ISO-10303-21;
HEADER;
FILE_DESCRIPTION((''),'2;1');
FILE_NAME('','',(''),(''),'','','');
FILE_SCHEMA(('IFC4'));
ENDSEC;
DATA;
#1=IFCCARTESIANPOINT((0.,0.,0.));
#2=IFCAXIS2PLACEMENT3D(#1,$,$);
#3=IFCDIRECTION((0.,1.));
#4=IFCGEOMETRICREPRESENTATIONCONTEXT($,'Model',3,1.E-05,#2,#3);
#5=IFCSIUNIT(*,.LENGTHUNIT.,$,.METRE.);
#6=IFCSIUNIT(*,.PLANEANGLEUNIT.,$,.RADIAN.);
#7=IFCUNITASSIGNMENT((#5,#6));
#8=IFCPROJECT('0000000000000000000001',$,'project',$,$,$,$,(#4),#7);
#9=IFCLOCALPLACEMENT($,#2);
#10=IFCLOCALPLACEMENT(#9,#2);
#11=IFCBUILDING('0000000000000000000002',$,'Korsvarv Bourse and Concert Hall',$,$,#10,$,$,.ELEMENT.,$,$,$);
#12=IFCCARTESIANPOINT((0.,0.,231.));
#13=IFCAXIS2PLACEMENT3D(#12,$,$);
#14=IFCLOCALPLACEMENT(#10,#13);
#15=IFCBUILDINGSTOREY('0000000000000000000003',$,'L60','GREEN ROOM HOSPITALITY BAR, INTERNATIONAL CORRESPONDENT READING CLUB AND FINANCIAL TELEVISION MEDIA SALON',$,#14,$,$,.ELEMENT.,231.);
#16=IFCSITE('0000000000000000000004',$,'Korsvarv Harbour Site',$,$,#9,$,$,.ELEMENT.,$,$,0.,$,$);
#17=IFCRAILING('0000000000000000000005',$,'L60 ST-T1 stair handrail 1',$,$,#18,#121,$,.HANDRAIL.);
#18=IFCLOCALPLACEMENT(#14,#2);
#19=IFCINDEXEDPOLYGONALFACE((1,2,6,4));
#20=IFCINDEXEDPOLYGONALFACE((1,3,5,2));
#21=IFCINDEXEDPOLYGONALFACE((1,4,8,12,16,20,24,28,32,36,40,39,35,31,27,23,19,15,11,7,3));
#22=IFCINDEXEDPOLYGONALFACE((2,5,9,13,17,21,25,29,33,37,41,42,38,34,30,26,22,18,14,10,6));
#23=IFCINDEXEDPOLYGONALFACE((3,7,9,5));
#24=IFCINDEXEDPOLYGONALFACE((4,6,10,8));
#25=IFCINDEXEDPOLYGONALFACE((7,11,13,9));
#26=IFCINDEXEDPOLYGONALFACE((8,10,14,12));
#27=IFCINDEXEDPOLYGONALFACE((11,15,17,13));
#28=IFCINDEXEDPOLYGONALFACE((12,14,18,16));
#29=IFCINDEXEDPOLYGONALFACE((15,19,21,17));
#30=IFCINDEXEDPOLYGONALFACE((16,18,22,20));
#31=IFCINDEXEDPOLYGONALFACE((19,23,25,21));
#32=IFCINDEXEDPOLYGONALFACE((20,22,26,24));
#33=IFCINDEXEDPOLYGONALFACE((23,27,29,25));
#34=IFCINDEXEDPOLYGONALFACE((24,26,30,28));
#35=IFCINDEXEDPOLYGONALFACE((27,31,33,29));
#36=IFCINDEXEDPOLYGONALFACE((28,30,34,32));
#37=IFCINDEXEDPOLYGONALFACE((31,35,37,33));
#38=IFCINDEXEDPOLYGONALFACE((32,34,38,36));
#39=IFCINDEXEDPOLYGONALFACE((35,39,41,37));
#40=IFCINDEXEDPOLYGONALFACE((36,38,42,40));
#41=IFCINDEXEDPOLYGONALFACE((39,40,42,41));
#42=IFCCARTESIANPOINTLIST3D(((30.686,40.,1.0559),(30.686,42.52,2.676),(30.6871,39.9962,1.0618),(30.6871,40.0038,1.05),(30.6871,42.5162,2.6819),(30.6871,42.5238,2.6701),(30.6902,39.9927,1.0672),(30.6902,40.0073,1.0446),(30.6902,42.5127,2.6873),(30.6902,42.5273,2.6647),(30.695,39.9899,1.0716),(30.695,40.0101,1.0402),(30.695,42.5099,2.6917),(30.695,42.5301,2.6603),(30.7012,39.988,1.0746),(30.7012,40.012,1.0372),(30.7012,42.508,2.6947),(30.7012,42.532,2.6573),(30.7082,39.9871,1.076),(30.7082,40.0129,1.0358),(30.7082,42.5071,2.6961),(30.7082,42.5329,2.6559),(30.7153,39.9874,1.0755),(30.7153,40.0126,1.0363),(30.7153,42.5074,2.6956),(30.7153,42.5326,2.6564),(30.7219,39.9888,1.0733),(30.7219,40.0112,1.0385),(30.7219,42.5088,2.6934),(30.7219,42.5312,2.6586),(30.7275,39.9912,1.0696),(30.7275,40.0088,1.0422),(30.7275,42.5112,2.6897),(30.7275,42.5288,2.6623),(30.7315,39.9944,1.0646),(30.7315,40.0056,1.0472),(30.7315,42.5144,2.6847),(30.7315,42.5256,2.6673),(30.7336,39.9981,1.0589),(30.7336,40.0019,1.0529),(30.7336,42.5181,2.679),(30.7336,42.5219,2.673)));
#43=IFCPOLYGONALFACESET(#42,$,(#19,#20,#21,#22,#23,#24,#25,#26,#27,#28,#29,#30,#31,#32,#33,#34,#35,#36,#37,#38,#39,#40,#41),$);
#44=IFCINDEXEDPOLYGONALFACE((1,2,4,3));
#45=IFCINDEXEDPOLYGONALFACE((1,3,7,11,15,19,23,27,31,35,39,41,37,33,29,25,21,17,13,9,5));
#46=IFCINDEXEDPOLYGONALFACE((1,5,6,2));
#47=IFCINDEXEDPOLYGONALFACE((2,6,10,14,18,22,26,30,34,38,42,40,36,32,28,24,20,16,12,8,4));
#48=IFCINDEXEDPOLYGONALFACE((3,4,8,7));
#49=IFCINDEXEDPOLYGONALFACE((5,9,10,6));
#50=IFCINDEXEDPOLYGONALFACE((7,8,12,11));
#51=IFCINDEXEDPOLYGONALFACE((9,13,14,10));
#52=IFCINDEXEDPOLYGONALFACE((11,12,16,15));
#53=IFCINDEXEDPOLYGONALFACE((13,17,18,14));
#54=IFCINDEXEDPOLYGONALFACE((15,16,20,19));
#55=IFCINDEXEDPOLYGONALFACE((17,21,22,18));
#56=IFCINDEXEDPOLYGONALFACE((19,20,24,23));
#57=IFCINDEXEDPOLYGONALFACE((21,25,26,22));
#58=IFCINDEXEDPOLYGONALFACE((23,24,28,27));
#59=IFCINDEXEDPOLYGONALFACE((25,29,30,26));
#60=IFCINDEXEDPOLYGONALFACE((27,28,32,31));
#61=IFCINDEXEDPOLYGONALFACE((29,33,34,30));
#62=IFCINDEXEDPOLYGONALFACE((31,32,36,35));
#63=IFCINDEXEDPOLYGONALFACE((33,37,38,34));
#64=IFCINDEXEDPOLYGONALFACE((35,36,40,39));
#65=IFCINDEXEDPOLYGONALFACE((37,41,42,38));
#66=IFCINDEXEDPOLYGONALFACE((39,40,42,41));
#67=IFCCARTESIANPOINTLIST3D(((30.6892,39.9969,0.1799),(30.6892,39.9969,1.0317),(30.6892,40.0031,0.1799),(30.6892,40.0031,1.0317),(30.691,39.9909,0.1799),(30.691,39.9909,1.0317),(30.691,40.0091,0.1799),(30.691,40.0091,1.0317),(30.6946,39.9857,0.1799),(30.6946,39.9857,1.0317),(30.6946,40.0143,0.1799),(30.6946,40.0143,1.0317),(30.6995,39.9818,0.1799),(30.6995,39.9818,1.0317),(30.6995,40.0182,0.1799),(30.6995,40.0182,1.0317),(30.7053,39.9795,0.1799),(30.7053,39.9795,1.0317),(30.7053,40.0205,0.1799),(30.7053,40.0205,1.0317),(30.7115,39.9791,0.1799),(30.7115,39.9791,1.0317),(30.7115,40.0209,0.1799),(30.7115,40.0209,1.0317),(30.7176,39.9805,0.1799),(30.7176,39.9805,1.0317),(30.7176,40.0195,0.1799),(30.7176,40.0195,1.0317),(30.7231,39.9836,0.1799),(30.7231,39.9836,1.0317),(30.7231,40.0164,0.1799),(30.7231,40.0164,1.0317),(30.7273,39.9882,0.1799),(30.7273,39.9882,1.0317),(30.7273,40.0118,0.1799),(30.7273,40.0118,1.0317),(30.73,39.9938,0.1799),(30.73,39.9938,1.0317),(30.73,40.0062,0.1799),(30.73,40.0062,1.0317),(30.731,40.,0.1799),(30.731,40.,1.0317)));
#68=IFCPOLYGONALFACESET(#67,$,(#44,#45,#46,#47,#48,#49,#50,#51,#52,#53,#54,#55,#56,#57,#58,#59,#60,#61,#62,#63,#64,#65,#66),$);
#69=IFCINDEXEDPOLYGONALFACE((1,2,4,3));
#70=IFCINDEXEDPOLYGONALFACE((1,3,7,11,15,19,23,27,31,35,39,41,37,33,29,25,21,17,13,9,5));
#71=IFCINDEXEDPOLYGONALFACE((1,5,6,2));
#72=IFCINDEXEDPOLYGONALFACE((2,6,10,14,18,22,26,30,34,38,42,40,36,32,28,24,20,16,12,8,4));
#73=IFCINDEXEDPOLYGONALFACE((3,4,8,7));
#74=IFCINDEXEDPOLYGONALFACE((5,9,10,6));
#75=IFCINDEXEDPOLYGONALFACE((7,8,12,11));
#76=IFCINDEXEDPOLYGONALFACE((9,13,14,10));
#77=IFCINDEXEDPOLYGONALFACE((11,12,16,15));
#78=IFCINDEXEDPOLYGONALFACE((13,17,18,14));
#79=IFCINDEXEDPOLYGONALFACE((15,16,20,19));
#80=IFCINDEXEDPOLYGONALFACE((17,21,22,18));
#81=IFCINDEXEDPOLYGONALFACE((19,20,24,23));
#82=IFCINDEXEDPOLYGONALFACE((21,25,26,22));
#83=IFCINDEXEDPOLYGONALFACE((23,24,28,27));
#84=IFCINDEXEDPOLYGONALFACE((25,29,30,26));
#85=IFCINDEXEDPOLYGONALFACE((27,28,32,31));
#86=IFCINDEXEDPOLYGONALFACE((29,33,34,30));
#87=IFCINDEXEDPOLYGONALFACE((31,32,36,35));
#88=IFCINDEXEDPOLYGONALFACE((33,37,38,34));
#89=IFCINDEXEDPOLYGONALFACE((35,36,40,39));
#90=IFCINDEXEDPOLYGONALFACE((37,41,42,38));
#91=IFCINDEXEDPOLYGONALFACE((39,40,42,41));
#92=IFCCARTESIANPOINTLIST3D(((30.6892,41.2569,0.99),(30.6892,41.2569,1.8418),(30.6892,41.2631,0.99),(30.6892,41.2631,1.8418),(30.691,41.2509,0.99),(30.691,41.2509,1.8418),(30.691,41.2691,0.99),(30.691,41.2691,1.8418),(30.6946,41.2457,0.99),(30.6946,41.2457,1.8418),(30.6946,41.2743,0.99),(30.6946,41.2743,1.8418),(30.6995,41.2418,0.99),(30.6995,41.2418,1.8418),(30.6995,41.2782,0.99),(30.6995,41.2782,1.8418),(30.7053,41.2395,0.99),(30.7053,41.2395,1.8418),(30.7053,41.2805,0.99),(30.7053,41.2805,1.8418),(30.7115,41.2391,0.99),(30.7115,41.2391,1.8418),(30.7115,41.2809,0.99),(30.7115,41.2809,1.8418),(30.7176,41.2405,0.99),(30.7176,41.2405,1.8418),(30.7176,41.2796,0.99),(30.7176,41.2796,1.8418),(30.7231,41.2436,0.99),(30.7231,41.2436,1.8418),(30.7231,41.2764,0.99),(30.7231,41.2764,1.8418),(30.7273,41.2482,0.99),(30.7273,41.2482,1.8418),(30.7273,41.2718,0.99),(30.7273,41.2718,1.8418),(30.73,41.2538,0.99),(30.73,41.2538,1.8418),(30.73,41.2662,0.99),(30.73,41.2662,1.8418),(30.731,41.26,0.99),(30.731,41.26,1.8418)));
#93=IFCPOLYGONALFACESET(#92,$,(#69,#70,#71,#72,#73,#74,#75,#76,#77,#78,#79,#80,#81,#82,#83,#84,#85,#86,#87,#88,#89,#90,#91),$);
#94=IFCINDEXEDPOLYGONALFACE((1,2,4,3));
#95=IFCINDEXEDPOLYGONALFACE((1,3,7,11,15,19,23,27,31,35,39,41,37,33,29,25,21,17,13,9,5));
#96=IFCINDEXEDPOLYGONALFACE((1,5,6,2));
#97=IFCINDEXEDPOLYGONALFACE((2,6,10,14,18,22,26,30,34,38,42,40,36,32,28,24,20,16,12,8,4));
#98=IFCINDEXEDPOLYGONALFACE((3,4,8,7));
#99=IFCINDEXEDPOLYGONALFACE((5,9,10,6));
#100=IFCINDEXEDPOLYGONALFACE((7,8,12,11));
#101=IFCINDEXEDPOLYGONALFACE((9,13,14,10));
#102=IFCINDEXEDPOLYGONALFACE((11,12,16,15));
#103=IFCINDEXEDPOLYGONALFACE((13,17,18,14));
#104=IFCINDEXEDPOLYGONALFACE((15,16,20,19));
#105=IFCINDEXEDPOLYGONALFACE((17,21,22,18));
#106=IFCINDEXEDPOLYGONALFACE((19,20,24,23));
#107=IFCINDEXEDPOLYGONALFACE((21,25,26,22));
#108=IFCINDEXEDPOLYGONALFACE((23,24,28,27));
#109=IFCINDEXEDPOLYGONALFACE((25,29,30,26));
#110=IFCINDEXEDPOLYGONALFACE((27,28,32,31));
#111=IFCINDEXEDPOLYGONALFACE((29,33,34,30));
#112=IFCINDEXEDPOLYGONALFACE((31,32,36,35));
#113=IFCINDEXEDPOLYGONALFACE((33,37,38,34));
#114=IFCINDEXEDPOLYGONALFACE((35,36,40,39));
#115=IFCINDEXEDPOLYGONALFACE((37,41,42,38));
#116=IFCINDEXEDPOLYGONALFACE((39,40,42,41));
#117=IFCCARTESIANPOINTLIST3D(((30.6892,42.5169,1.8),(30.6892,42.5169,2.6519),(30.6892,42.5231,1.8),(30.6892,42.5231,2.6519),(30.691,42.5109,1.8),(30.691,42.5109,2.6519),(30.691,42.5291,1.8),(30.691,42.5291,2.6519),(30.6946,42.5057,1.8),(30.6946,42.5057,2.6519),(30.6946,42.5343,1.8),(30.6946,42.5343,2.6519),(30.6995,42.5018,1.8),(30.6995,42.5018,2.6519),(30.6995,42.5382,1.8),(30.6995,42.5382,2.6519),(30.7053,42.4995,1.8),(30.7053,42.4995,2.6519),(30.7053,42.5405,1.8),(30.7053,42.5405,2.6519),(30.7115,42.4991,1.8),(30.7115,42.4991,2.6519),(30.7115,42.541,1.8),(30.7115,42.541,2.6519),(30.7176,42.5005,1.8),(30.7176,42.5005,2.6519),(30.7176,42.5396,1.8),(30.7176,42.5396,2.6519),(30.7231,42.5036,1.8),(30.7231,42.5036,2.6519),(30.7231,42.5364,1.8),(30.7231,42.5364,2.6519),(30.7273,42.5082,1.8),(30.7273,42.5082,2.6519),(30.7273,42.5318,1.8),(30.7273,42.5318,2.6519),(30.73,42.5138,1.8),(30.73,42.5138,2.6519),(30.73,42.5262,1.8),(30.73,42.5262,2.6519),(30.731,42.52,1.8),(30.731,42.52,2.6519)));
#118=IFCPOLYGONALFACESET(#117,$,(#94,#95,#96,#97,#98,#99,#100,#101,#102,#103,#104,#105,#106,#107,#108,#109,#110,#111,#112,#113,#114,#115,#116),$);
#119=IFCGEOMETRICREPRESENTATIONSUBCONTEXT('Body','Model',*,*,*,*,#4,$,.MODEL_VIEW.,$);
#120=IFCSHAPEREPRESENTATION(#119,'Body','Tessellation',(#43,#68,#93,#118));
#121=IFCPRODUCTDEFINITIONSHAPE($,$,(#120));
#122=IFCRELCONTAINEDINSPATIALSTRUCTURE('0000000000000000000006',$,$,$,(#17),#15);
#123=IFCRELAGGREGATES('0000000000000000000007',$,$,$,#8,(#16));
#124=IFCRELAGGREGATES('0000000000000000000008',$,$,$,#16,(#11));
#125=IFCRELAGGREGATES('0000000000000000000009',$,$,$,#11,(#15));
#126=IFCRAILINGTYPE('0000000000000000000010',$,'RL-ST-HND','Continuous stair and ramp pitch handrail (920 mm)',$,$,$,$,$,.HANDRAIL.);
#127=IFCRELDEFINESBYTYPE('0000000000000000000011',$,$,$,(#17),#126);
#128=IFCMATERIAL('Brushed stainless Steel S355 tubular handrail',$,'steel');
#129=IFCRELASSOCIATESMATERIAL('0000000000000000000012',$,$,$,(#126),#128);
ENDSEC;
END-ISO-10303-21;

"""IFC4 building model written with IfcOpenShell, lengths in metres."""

from ifc_helpers import new_model, si_unit, direction, frame, origin, origin_2d, place, context, subcontext, project, spatial, circle, extrude, material, type_object, element, save


model = new_model("IFC4")

# Units and contexts
model_context = context("Model", 3, precision=1e-05, world=origin(), true_north=direction((0.0, 1.0)))
body_context = subcontext(model_context, "Body", "Model", "MODEL_VIEW")
ifc_project = project(units=[si_unit("LENGTHUNIT", "METRE"), si_unit("PLANEANGLEUNIT", "RADIAN")], contexts=[model_context])

# Site, building, storey
site_placement = place(None, origin())
site = spatial("IfcSite", under=ifc_project, at=site_placement, Name="Korsvarv Harbour Site", CompositionType="ELEMENT", RefElevation=0.0)
building_placement = place(site_placement, origin())
building = spatial("IfcBuilding", under=site, at=building_placement, Name="Korsvarv Bourse and Concert Hall", CompositionType="ELEMENT")
storey_placement = place(building_placement, frame((0.0, 0.0, 231.0)))
storey = spatial("IfcBuildingStorey", under=building, at=storey_placement, Name="L60", Description="GREEN ROOM HOSPITALITY BAR, INTERNATIONAL CORRESPONDENT READING CLUB AND FINANCIAL TELEVISION MEDIA SALON", CompositionType="ELEMENT", Elevation=231.0)

# Railing
ifc_material_1 = material(Name="Brushed stainless Steel S355 tubular handrail", Category="steel")
railing_type_1 = type_object("IfcRailingType", Name="RL-ST-HND", Description="Continuous stair and ramp pitch handrail (920 mm)", PredefinedType="HANDRAIL", material=ifc_material_1)
railing_1_placement = place(storey_placement, frame((30.71, 40.0, 0.1799)))
element("IfcRailing", 1, at=railing_1_placement, inside=storey, type_object=railing_type_1, Name="L60 ST-T1 stair handrail 1", PredefinedType="HANDRAIL", context=body_context, shape_type="SweptSolid", body=[
    extrude(circle(Radius=0.0239, at=origin_2d()), frame((0.0, 0.0, 0.876), z_axis=(0.0, 0.841163, 0.540782), x_axis=(-1.0, 0.0, 0.0)), (0.0, 0.0, 1.0), 2.9958),
    extrude(circle(Radius=0.021, at=origin_2d()), origin(), (0.0, 0.0, 1.0), 0.8518),
    extrude(circle(Radius=0.021, at=origin_2d()), frame((0.0, 1.26, 0.8101)), (0.0, 0.0, 1.0), 0.8518),
    extrude(circle(Radius=0.021, at=origin_2d()), frame((0.0, 2.52, 1.6201)), (0.0, 0.0, 1.0), 0.8518),
])

save(model, "model.ifc")
